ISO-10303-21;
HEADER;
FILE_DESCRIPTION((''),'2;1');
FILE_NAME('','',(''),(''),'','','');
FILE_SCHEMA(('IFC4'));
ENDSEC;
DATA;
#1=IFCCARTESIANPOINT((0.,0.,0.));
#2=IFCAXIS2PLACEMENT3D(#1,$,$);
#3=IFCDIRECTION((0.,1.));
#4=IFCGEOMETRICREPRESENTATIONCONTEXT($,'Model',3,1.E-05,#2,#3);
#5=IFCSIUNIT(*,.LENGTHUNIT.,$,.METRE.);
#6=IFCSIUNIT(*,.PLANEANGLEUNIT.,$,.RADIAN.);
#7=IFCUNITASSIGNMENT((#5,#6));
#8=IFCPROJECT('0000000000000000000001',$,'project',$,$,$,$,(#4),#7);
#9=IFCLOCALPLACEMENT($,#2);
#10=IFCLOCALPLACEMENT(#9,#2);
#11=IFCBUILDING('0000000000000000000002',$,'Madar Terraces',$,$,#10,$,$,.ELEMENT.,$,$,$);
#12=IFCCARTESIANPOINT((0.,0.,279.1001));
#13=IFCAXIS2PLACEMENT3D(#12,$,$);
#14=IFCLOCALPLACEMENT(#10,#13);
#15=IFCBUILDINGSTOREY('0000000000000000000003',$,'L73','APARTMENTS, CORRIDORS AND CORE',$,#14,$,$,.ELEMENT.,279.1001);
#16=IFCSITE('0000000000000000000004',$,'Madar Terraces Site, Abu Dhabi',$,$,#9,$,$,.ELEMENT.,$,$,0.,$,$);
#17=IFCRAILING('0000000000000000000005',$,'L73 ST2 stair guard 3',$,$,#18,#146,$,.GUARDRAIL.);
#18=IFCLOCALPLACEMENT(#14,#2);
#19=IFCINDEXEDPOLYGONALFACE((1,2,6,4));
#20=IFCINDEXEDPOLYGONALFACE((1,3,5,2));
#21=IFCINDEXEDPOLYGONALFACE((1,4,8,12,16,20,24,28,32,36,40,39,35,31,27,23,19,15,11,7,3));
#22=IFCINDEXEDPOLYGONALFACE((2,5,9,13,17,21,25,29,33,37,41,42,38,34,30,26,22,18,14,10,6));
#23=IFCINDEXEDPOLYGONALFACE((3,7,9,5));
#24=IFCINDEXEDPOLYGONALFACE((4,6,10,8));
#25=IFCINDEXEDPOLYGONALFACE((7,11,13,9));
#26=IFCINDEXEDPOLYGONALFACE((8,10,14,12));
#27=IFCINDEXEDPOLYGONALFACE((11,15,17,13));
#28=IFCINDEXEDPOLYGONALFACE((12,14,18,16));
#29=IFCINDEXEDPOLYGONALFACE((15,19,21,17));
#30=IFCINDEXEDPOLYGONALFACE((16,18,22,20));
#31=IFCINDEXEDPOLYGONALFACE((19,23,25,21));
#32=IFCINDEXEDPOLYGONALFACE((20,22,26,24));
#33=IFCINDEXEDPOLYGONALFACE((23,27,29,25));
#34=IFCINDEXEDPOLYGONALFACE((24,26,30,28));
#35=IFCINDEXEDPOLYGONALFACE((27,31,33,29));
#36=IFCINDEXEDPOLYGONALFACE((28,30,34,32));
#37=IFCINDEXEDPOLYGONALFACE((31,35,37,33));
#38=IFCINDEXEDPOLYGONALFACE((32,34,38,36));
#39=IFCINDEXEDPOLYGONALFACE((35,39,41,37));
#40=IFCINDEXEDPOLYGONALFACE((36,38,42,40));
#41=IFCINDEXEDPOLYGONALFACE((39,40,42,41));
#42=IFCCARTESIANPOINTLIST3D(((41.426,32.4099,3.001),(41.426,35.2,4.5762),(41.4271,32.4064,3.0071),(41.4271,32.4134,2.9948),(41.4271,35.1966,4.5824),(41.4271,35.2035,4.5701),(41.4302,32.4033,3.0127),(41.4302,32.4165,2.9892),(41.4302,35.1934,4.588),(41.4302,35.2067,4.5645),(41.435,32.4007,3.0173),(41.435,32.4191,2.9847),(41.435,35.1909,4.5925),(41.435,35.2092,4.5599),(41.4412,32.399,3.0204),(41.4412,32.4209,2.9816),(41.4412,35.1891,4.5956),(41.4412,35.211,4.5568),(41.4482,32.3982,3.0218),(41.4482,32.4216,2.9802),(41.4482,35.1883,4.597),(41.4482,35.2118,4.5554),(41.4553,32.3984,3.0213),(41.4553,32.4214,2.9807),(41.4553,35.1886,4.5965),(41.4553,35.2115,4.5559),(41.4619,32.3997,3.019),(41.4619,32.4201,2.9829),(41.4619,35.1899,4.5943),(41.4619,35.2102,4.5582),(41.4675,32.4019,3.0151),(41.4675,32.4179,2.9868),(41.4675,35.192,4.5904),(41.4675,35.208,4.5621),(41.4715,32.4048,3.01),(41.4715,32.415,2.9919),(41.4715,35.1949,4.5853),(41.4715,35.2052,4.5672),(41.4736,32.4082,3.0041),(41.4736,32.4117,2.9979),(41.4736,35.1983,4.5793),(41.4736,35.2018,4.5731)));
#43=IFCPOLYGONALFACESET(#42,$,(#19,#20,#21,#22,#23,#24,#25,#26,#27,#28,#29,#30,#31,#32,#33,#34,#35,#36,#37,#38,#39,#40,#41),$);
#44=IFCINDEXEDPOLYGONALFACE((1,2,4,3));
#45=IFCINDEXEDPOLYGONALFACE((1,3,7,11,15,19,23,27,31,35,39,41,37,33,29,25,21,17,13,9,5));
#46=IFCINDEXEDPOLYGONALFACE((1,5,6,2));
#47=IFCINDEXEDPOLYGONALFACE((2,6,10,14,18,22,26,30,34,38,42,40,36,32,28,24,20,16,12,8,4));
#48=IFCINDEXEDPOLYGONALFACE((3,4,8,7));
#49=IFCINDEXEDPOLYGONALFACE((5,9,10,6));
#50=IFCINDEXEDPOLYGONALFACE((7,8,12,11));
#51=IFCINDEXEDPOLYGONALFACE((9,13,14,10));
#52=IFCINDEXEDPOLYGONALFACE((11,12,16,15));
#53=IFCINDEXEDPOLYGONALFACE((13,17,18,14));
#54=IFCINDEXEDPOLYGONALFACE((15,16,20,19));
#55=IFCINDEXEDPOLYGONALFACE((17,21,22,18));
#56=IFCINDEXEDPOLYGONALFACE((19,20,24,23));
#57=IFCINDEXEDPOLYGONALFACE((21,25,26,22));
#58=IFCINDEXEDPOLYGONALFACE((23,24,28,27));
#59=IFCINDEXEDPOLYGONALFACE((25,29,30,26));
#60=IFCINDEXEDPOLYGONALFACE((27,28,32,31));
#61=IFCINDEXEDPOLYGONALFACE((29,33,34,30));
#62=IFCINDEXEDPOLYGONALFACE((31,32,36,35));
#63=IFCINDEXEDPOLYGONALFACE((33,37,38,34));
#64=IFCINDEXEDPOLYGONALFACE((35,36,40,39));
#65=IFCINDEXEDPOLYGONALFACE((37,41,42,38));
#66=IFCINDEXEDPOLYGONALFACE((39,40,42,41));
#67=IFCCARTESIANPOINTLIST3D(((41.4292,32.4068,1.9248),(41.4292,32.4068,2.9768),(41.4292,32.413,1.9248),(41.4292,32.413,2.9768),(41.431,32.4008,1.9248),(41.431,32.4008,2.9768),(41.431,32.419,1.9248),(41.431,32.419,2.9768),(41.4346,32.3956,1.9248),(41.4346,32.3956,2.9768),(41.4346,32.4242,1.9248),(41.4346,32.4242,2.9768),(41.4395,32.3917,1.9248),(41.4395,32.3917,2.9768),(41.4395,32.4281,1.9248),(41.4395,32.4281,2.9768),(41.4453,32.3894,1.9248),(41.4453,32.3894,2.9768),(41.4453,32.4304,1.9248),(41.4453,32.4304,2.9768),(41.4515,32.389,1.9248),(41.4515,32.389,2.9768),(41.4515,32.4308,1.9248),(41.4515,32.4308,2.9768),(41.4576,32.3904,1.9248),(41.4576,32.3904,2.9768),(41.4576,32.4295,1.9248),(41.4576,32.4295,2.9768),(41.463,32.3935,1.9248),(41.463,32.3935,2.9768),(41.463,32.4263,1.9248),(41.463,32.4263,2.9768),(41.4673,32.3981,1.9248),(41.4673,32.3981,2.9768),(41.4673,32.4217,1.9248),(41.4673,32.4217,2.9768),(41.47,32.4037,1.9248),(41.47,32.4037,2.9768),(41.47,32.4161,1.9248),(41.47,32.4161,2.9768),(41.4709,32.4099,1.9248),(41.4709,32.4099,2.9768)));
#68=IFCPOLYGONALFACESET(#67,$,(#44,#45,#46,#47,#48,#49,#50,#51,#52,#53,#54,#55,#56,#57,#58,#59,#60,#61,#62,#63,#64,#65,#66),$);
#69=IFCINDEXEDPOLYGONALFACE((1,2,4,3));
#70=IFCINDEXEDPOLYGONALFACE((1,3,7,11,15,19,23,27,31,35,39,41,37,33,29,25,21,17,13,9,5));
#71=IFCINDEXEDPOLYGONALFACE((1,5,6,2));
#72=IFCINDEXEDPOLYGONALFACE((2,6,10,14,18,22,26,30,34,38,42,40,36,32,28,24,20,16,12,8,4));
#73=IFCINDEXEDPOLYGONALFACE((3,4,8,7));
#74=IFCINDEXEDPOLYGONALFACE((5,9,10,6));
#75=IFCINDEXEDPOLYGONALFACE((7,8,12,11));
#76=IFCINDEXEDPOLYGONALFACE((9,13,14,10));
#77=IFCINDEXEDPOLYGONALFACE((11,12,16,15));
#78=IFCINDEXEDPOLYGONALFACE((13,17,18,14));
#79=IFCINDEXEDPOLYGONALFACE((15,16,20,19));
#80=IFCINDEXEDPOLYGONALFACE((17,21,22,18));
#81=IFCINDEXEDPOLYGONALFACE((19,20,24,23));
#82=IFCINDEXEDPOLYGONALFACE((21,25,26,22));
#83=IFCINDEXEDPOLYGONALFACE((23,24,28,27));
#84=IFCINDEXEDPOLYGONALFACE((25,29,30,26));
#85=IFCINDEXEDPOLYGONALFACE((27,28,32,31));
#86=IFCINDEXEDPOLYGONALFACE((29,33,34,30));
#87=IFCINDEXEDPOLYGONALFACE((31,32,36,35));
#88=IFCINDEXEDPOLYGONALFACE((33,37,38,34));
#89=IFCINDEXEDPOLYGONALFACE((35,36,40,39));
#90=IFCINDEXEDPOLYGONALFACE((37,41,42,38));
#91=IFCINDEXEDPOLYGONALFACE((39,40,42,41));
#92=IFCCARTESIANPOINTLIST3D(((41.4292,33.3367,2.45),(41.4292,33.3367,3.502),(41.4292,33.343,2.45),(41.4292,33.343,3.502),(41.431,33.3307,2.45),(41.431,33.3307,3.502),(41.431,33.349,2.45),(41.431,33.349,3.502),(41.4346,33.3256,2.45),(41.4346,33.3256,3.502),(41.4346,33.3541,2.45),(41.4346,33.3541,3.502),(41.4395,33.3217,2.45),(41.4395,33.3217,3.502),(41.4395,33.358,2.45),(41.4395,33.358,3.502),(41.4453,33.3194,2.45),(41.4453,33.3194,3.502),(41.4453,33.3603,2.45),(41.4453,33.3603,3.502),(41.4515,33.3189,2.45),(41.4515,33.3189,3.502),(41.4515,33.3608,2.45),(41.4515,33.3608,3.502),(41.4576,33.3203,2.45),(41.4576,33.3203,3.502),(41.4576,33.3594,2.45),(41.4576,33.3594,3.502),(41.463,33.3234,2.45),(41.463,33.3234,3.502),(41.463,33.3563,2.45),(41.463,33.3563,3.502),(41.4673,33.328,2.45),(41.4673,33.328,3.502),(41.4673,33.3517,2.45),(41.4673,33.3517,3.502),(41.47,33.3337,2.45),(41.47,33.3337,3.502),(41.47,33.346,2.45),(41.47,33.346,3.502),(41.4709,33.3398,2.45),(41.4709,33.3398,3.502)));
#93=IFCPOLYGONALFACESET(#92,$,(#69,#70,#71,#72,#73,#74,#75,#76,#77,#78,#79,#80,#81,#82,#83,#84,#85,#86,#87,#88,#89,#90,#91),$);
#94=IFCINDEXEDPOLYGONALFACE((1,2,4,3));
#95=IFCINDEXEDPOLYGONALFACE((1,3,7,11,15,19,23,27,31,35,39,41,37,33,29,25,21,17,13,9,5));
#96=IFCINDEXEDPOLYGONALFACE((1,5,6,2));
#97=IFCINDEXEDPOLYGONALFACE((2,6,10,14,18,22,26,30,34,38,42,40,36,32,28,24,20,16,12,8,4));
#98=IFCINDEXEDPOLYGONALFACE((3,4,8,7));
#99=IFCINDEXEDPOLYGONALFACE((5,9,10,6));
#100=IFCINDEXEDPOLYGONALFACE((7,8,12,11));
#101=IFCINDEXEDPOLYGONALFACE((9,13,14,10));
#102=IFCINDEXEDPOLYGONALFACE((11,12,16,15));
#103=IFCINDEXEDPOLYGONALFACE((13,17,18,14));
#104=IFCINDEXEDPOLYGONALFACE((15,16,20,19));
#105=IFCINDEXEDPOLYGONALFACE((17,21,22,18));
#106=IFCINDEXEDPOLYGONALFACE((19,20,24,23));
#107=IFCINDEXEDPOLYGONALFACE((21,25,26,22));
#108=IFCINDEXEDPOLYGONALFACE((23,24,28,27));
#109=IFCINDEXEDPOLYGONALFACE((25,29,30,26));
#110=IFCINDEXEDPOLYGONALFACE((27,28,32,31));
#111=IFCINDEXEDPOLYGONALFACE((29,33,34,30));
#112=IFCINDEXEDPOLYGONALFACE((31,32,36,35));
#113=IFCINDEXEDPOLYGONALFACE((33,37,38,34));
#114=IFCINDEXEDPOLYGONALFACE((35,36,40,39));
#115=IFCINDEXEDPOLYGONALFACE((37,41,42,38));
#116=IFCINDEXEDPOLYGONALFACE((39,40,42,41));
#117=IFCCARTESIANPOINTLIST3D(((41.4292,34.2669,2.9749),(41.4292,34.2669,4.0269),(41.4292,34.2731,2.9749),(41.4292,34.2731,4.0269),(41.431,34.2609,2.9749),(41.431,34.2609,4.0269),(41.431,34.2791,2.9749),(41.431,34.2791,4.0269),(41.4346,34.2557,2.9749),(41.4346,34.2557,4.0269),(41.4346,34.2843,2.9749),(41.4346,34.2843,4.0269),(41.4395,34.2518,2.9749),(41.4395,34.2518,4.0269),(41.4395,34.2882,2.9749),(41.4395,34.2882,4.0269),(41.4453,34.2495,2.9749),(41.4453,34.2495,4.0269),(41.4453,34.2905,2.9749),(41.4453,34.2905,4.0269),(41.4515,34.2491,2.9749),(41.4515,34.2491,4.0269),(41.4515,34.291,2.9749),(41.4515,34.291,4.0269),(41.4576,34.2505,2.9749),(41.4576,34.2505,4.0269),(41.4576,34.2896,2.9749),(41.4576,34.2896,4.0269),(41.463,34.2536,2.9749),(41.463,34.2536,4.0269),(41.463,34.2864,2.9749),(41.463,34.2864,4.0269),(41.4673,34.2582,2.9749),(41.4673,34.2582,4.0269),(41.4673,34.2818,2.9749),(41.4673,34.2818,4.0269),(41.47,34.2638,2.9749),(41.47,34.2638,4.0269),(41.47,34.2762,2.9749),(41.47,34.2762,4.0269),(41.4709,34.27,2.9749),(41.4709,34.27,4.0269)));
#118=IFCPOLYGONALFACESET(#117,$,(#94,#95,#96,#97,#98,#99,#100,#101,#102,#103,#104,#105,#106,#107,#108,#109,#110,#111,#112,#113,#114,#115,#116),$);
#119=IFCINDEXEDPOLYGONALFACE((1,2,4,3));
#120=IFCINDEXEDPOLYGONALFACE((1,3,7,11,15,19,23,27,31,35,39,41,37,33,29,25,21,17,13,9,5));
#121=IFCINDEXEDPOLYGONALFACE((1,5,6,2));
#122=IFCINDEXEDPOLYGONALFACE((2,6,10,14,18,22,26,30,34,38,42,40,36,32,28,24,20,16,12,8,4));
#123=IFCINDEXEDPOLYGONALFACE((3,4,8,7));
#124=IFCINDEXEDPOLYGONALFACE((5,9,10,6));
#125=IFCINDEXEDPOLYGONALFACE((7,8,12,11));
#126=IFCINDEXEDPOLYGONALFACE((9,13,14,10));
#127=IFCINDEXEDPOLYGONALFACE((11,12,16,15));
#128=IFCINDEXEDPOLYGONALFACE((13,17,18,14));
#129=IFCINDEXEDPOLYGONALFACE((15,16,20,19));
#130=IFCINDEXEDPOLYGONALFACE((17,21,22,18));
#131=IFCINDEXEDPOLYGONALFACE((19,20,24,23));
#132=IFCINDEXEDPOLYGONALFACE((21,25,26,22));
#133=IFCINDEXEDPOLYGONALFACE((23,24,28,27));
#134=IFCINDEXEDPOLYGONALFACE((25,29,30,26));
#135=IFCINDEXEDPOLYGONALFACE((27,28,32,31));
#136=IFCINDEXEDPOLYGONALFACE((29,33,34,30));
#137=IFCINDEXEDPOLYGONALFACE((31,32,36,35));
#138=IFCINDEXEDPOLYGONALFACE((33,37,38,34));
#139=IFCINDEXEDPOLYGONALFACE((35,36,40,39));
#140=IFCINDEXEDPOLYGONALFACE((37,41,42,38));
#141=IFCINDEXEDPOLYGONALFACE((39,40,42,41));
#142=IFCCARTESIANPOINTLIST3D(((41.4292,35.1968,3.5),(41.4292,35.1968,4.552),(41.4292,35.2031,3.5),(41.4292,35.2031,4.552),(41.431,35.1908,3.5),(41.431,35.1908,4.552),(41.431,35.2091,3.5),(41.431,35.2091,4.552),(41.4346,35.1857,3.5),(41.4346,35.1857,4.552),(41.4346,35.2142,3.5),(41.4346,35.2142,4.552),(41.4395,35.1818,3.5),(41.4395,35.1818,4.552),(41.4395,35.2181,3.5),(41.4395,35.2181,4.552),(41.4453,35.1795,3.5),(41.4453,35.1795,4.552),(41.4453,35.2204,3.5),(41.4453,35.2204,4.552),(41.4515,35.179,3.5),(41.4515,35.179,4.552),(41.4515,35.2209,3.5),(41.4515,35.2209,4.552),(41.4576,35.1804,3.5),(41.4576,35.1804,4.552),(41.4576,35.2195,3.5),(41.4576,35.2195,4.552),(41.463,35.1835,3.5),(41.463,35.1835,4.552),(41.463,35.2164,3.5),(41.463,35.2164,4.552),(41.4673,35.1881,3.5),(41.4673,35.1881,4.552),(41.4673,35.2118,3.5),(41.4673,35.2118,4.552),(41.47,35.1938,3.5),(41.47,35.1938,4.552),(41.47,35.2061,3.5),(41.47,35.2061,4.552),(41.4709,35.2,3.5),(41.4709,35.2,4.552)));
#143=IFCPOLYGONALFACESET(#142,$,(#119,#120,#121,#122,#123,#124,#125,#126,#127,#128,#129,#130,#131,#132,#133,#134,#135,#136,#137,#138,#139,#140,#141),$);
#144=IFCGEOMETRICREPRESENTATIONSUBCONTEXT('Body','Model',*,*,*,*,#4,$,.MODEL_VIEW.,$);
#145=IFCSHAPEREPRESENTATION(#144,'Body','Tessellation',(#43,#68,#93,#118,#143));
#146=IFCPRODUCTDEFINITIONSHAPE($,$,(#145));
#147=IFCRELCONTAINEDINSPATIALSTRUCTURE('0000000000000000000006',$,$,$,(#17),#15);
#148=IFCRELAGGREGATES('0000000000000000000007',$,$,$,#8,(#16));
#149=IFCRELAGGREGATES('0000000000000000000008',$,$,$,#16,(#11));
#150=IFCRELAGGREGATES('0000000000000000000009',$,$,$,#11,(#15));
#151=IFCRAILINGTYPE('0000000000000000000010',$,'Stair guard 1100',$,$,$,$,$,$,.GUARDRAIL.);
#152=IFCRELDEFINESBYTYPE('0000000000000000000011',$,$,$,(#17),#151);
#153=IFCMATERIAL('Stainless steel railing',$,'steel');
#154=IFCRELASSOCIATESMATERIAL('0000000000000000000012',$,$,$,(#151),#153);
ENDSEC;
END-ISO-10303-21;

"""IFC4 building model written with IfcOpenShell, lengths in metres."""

from ifc_helpers import new_model, si_unit, direction, frame, origin, origin_2d, place, context, subcontext, project, spatial, circle, extrude, material, type_object, element, save


model = new_model("IFC4")

# Units and contexts
model_context = context("Model", 3, precision=1e-05, world=origin(), true_north=direction((0.0, 1.0)))
body_context = subcontext(model_context, "Body", "Model", "MODEL_VIEW")
ifc_project = project(units=[si_unit("LENGTHUNIT", "METRE"), si_unit("PLANEANGLEUNIT", "RADIAN")], contexts=[model_context])

# Site, building, storey
site_placement = place(None, origin())
site = spatial("IfcSite", under=ifc_project, at=site_placement, Name="Madar Terraces Site, Abu Dhabi", CompositionType="ELEMENT", RefElevation=0.0)
building_placement = place(site_placement, origin())
building = spatial("IfcBuilding", under=site, at=building_placement, Name="Madar Terraces", CompositionType="ELEMENT")
storey_placement = place(building_placement, frame((0.0, 0.0, 279.1001)))
storey = spatial("IfcBuildingStorey", under=building, at=storey_placement, Name="L73", Description="APARTMENTS, CORRIDORS AND CORE", CompositionType="ELEMENT", Elevation=279.1001)

# Railing
ifc_material_1 = material(Name="Stainless steel railing", Category="steel")
railing_type_1 = type_object("IfcRailingType", Name="Stair guard 1100", PredefinedType="GUARDRAIL", material=ifc_material_1)
railing_1_placement = place(storey_placement, frame((41.45, 32.4099, 1.9248)))
element("IfcRailing", 1, at=railing_1_placement, inside=storey, type_object=railing_type_1, Name="L73 ST2 stair guard 3", PredefinedType="GUARDRAIL", context=body_context, shape_type="SweptSolid", body=[
    extrude(circle(Radius=0.0239, at=origin_2d()), frame((0.0, 0.0, 1.0762), z_axis=(0.0, 0.870801, 0.491635), x_axis=(-1.0, 0.0, 0.0)), (0.0, 0.0, 1.0), 3.2041),
    extrude(circle(Radius=0.021, at=origin_2d()), origin(), (0.0, 0.0, 1.0), 1.052),
    extrude(circle(Radius=0.021, at=origin_2d()), frame((0.0, 0.9299, 0.5251)), (0.0, 0.0, 1.0), 1.052),
    extrude(circle(Radius=0.021, at=origin_2d()), frame((0.0, 1.8601, 1.05)), (0.0, 0.0, 1.0), 1.052),
    extrude(circle(Radius=0.021, at=origin_2d()), frame((0.0, 2.79, 1.5752)), (0.0, 0.0, 1.0), 1.052),
])

save(model, "model.ifc")
